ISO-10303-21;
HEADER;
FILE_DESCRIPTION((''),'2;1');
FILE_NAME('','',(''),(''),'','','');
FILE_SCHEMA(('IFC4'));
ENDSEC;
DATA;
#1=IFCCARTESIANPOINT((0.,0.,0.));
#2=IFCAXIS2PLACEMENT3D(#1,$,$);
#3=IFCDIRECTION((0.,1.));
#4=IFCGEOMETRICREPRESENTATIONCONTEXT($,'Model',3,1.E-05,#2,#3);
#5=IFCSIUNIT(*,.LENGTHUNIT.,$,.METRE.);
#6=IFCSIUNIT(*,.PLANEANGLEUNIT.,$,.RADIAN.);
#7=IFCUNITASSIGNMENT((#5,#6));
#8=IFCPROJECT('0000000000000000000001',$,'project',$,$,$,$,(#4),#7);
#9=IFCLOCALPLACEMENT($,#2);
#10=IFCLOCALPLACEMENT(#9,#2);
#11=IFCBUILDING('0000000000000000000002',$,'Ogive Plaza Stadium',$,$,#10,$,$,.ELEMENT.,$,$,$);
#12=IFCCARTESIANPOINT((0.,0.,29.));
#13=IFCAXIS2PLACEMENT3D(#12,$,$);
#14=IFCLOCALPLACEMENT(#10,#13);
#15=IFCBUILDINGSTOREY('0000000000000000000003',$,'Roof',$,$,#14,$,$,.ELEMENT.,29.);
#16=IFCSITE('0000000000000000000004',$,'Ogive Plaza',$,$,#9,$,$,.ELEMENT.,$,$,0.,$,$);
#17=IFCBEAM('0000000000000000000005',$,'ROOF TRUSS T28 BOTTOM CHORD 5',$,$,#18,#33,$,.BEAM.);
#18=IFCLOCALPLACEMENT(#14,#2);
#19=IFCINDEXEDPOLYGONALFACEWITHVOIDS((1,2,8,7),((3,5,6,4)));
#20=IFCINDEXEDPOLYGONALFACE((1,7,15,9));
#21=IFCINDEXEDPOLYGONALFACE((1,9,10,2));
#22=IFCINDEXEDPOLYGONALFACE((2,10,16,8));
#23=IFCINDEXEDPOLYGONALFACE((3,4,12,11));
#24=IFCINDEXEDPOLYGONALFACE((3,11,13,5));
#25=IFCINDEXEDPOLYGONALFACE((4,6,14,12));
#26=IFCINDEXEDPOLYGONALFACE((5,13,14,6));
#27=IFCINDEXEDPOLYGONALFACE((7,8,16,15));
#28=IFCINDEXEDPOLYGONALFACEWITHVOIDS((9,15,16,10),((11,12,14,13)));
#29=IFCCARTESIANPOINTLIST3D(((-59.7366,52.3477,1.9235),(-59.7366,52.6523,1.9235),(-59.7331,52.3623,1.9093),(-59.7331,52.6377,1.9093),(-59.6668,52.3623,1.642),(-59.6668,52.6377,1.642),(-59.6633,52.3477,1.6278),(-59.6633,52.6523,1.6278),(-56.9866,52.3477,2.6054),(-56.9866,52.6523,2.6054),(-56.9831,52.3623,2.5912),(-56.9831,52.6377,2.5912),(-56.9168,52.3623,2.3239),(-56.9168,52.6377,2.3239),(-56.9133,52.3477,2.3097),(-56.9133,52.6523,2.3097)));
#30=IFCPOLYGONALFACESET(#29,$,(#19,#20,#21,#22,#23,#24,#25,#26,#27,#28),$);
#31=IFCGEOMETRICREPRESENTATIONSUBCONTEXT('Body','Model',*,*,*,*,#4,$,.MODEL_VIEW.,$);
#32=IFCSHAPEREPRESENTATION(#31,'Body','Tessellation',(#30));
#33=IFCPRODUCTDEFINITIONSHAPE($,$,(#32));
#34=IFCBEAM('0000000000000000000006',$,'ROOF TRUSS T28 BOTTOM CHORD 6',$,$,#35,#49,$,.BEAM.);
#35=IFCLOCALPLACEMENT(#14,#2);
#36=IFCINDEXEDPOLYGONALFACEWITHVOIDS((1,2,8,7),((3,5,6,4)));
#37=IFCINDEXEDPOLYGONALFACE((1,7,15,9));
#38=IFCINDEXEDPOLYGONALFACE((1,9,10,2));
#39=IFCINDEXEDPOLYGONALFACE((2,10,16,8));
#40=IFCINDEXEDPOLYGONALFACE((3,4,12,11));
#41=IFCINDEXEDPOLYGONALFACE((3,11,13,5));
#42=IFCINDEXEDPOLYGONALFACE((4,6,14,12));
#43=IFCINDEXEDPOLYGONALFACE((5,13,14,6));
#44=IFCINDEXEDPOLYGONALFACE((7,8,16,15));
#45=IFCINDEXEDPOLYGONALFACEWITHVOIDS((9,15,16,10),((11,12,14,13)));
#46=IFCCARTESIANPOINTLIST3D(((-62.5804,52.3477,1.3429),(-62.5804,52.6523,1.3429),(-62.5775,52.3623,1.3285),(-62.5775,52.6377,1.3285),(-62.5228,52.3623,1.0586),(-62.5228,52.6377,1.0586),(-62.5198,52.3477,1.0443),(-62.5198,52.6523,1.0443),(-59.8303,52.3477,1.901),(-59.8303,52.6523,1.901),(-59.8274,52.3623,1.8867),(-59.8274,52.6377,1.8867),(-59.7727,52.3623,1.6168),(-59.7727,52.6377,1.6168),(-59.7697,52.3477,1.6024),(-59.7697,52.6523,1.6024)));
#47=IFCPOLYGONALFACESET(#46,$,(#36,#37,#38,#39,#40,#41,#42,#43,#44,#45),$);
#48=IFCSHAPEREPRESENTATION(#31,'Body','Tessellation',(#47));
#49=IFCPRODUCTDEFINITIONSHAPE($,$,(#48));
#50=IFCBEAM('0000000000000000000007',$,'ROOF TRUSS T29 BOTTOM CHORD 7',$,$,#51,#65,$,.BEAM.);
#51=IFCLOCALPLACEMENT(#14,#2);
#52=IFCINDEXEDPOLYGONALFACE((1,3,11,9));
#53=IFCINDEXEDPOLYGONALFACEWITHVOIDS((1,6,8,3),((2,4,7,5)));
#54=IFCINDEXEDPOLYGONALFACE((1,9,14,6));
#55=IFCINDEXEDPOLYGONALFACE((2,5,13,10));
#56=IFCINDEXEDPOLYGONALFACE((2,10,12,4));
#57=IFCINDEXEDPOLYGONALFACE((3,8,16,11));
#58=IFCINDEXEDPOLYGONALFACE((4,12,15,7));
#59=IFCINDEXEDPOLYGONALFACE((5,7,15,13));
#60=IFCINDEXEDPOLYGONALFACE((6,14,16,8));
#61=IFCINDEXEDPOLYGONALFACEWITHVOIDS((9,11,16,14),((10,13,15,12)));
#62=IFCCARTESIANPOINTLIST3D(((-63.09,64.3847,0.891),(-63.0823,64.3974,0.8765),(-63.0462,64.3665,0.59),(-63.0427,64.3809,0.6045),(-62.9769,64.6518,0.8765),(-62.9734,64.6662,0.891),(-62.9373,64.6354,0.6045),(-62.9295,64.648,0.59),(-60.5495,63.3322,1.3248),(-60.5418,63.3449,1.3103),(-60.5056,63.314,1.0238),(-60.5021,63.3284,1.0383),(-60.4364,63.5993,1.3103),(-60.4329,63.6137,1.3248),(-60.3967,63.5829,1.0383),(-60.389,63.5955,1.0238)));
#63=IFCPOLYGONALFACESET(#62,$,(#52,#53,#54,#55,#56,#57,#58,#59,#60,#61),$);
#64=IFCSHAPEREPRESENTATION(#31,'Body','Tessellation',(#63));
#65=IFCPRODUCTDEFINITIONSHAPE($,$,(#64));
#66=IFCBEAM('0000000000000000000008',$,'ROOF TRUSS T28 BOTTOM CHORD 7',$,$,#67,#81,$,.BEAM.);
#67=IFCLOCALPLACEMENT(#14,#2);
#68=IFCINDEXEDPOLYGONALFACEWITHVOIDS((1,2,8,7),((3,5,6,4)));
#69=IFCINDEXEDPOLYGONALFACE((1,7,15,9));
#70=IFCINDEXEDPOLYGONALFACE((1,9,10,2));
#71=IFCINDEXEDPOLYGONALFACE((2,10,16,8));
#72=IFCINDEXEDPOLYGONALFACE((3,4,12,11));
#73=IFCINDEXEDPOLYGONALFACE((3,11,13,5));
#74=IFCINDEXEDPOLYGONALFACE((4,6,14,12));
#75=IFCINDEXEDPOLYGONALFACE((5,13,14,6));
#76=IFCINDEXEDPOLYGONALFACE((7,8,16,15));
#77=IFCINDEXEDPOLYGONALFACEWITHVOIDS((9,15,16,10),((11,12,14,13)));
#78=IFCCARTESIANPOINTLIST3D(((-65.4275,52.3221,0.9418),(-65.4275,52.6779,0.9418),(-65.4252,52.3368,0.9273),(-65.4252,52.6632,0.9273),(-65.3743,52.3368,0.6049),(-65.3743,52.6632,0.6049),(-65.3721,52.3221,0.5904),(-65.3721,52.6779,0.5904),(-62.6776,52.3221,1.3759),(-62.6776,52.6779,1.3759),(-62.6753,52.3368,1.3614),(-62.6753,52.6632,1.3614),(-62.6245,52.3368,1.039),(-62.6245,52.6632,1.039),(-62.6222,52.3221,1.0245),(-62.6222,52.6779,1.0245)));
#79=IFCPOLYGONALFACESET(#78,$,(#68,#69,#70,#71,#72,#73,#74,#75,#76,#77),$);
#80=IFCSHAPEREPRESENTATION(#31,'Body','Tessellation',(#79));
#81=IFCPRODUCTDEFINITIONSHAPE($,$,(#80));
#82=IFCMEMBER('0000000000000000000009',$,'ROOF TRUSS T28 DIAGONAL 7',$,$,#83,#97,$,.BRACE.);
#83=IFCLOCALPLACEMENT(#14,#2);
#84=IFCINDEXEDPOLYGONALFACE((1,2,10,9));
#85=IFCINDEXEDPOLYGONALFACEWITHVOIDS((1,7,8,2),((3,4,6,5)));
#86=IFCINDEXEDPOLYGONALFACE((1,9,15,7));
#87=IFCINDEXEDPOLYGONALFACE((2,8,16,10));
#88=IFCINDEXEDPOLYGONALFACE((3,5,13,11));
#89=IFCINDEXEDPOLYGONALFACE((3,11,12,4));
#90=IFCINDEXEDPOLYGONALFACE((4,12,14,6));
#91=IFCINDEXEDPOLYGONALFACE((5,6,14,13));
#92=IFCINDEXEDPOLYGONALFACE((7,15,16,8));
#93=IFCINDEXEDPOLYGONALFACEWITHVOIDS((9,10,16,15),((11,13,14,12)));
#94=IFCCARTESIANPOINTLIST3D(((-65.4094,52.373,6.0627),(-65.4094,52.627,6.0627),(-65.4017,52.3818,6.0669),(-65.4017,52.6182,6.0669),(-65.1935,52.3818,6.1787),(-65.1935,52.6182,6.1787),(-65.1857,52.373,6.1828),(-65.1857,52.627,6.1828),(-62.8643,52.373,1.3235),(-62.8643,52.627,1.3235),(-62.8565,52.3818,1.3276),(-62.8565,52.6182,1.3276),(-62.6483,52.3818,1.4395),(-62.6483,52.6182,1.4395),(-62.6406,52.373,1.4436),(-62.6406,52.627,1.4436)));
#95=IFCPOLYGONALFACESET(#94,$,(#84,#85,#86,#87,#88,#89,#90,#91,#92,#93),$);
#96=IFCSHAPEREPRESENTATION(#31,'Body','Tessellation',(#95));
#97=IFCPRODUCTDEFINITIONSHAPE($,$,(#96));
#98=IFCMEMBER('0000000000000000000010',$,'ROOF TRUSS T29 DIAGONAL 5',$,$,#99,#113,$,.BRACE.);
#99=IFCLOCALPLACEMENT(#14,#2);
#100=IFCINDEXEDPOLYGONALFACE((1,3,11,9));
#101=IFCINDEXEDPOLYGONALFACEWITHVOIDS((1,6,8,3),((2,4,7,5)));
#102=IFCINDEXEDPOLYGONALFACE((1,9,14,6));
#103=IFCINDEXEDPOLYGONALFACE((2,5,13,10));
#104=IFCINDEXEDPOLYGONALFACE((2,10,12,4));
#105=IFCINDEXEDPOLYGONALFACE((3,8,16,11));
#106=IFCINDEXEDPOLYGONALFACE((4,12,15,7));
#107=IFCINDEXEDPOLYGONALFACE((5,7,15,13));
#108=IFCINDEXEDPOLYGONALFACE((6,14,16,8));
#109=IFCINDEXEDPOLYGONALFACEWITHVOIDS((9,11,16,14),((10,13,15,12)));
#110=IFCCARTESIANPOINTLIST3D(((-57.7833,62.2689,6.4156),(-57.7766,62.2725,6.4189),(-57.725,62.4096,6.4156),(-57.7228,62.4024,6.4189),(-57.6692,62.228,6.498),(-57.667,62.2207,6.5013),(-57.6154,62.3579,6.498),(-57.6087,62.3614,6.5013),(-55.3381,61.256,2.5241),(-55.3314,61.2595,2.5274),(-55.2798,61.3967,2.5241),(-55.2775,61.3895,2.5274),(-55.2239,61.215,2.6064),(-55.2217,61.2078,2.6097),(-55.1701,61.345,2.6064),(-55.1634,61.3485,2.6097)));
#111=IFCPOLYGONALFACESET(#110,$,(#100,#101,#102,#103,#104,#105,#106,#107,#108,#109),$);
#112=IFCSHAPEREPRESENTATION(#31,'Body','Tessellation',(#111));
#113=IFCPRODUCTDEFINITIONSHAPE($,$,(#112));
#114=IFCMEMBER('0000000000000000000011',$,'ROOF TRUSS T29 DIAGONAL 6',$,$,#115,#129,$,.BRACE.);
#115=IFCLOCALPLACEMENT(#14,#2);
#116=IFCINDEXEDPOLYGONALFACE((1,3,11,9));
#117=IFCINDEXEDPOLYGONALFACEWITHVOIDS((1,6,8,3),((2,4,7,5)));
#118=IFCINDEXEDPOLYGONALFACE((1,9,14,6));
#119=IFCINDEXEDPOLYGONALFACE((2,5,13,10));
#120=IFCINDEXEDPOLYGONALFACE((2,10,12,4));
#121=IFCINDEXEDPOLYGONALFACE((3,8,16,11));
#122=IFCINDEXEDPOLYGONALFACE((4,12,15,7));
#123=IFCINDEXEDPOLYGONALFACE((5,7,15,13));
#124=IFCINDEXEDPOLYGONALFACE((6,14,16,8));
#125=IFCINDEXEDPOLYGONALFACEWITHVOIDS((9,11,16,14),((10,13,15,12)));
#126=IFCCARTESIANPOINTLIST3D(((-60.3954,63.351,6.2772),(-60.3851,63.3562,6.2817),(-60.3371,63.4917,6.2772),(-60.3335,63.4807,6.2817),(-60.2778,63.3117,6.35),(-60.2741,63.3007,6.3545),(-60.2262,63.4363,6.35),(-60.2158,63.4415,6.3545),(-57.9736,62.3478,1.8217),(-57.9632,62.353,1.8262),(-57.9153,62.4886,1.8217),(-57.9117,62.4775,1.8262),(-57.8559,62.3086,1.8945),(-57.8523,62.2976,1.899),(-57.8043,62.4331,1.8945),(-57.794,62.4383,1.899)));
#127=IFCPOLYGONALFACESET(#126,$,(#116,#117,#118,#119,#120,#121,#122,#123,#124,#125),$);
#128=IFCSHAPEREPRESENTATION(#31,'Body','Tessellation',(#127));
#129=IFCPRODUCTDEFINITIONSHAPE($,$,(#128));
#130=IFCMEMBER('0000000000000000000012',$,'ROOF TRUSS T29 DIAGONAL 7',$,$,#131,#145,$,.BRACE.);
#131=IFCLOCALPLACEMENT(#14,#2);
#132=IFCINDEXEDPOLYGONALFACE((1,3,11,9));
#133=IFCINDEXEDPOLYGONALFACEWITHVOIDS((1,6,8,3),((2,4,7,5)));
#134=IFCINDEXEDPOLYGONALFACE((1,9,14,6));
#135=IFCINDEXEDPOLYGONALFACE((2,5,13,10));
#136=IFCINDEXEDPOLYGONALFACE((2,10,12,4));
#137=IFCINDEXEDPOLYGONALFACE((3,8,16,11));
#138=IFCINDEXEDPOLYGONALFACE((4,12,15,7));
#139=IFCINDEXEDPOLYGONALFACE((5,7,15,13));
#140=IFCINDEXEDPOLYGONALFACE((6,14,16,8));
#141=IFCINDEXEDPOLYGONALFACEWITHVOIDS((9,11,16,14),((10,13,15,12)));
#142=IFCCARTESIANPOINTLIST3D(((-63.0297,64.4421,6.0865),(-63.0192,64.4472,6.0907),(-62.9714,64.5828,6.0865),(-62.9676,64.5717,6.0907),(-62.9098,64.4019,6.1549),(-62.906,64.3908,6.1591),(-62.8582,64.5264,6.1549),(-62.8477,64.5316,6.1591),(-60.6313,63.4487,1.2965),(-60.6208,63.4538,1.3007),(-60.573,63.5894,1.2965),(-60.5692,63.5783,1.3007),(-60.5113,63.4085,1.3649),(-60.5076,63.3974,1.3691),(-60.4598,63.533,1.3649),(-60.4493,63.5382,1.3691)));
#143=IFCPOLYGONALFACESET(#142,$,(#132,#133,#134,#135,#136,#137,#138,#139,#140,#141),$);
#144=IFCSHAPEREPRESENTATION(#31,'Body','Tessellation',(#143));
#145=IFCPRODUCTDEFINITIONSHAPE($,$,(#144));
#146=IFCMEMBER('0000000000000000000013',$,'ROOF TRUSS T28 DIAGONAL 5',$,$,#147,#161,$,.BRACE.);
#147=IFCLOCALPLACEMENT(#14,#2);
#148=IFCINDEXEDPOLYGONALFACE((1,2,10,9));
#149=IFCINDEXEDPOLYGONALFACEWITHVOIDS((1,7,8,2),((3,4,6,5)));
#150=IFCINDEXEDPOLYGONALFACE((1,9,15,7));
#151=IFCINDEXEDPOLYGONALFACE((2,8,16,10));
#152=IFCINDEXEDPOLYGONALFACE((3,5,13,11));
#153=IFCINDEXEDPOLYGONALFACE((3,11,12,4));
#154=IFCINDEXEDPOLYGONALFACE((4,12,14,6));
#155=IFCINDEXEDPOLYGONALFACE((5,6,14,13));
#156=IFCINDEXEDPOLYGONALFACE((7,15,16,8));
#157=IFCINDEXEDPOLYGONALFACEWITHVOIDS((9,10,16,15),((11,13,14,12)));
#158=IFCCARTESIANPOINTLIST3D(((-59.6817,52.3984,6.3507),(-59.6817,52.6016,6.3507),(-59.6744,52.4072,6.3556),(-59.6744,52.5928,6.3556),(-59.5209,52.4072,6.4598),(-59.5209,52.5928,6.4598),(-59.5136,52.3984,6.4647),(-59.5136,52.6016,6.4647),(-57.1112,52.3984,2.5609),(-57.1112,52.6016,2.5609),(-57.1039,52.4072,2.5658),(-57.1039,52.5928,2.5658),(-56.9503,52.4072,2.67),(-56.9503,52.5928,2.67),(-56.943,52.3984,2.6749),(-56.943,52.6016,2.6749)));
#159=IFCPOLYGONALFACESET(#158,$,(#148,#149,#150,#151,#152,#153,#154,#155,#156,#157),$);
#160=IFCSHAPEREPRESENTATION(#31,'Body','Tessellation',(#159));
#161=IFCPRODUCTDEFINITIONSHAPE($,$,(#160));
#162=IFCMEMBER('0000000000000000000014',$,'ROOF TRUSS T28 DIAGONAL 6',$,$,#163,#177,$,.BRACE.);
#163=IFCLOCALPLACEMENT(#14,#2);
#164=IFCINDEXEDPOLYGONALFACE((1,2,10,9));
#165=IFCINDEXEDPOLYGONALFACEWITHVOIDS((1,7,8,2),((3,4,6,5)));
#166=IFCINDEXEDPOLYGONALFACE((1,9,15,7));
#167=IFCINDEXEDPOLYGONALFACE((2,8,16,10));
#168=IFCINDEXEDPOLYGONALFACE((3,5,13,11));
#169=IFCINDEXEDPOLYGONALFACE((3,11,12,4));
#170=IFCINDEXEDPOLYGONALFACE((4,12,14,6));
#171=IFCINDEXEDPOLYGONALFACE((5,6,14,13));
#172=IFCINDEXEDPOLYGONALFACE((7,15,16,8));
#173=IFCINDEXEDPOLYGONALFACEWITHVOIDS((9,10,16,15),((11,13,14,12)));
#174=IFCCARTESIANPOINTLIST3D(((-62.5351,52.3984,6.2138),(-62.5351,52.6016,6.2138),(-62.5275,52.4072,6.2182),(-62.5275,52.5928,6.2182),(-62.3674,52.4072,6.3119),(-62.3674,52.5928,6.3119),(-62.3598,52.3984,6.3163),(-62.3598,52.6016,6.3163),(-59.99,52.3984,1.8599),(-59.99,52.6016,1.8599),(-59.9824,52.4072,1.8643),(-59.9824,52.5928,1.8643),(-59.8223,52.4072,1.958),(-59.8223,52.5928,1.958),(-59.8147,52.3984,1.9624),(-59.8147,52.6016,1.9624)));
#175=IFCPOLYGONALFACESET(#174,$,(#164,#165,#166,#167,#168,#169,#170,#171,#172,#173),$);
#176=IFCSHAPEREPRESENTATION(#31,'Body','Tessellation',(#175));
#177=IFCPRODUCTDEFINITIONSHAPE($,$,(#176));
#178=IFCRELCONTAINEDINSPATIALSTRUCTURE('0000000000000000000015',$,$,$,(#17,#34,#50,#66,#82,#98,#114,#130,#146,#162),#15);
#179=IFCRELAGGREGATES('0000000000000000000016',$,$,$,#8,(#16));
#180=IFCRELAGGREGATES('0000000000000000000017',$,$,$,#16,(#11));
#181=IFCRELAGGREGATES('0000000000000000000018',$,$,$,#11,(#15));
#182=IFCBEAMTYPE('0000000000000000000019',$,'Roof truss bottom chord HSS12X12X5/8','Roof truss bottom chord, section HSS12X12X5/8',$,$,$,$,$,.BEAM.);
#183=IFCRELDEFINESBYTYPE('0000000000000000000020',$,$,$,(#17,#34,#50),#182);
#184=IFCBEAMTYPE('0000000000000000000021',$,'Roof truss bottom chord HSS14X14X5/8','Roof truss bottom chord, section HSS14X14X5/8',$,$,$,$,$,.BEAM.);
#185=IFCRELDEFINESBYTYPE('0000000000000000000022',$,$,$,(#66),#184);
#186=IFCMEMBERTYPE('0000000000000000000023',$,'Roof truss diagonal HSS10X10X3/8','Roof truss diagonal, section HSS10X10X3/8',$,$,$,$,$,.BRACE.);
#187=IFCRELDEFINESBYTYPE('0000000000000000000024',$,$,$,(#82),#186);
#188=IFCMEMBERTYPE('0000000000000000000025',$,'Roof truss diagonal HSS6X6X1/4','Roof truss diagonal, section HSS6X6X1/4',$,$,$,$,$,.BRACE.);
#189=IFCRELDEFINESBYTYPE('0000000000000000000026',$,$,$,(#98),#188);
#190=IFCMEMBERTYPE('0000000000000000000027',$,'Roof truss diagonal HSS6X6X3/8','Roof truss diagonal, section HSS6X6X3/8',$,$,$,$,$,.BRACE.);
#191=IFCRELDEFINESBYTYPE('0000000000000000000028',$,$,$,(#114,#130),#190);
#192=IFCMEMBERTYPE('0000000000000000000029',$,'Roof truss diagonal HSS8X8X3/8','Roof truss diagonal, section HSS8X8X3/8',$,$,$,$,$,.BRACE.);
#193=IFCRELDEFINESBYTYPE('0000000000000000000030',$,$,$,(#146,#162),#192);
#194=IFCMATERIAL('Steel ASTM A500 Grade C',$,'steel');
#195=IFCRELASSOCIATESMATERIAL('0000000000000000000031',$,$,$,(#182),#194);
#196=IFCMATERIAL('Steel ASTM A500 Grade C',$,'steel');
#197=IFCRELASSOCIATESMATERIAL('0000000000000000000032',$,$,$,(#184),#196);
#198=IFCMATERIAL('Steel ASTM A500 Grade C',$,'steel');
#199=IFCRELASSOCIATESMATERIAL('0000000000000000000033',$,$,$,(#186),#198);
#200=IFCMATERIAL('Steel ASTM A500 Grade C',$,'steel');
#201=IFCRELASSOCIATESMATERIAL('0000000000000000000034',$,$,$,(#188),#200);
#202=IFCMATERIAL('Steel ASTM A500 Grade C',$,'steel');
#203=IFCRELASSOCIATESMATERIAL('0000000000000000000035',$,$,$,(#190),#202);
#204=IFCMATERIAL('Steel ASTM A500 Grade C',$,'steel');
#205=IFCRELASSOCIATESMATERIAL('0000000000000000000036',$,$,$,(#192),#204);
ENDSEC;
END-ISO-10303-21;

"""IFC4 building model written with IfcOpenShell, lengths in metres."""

from ifc_helpers import new_model, si_unit, direction, frame, origin, origin_2d, place, context, subcontext, project, spatial, hollow_rectangle, extrude, material, material_profile, profile_set, type_object, element, save


model = new_model("IFC4")

# Units and contexts
model_context = context("Model", 3, precision=1e-05, world=origin(), true_north=direction((0.0, 1.0)))
body_context = subcontext(model_context, "Body", "Model", "MODEL_VIEW")
ifc_project = project(units=[si_unit("LENGTHUNIT", "METRE"), si_unit("PLANEANGLEUNIT", "RADIAN")], contexts=[model_context])

# Site, building, storey
site_placement = place(None, origin())
site = spatial("IfcSite", under=ifc_project, at=site_placement, Name="Ogive Plaza", CompositionType="ELEMENT", RefElevation=0.0)
building_placement = place(site_placement, origin())
building = spatial("IfcBuilding", under=site, at=building_placement, Name="Ogive Plaza Stadium", CompositionType="ELEMENT")
storey_placement = place(building_placement, frame((0.0, 0.0, 29.0)))
storey = spatial("IfcBuildingStorey", under=building, at=storey_placement, Name="Roof", CompositionType="ELEMENT", Elevation=29.0)

# Beams
ifc_material_1 = material(Name="Steel ASTM A500 Grade C", Category="steel")
ifc_material_profile_1 = material_profile(ifc_material_1, hollow_rectangle(XDim=0.3047, YDim=0.3047, WallThickness=0.0146, at=origin_2d()), Name="HSS12X12X5/8")
ifc_profile_set_1 = profile_set([ifc_material_profile_1], Name="Steel ASTM A500 Grade C")
beam_type_1 = type_object("IfcBeamType", Name="Roof truss bottom chord HSS12X12X5/8", Description="Roof truss bottom chord, section HSS12X12X5/8", PredefinedType="BEAM", material=ifc_profile_set_1)
beam_1_placement = place(storey_placement, frame((-56.95, 52.5, 2.4575), z_axis=(-0.970607, 0.0, -0.24067), x_axis=(0.0, -1.0, 0.0)))
element("IfcBeam", 1, at=beam_1_placement, inside=storey, type_object=beam_type_1, Name="ROOF TRUSS T28 BOTTOM CHORD 5", PredefinedType="BEAM", context=body_context, shape_type="SweptSolid", body=[
    extrude(hollow_rectangle(XDim=0.3047, YDim=0.3047, WallThickness=0.0146, at=origin_2d()), origin(), (0.0, 0.0, 1.0), 2.8333),
])
beam_2_placement = place(storey_placement, frame((-59.8, 52.5, 1.7517), z_axis=(-0.980021, 0.0, -0.198893), x_axis=(0.0, -1.0, 0.0)))
element("IfcBeam", 2, at=beam_2_placement, inside=storey, type_object=beam_type_1, Name="ROOF TRUSS T28 BOTTOM CHORD 6", PredefinedType="BEAM", context=body_context, shape_type="SweptSolid", body=[
    extrude(hollow_rectangle(XDim=0.3047, YDim=0.3047, WallThickness=0.0146, at=origin_2d()), origin(), (0.0, 0.0, 1.0), 2.8062),
])
beam_3_placement = place(storey_placement, frame((-60.4692, 63.4639, 1.1743), z_axis=(-0.912571, 0.37806, -0.155837), x_axis=(-0.382736, -0.923858, 0.0)))
element("IfcBeam", 3, at=beam_3_placement, inside=storey, type_object=beam_type_1, Name="ROOF TRUSS T29 BOTTOM CHORD 7", PredefinedType="BEAM", context=body_context, shape_type="SweptSolid", body=[
    extrude(hollow_rectangle(XDim=0.3047, YDim=0.3047, WallThickness=0.0146, at=origin_2d()), origin(), (0.0, 0.0, 1.0), 2.7839),
])
ifc_material_2 = material(Name="Steel ASTM A500 Grade C", Category="steel")
ifc_material_profile_2 = material_profile(ifc_material_2, hollow_rectangle(XDim=0.3557, YDim=0.3557, WallThickness=0.0146, at=origin_2d()), Name="HSS14X14X5/8")
ifc_profile_set_2 = profile_set([ifc_material_profile_2], Name="Steel ASTM A500 Grade C")
beam_type_2 = type_object("IfcBeamType", Name="Roof truss bottom chord HSS14X14X5/8", Description="Roof truss bottom chord, section HSS14X14X5/8", PredefinedType="BEAM", material=ifc_profile_set_2)
beam_4_placement = place(storey_placement, frame((-62.6499, 52.5, 1.2002), z_axis=(-0.98777, 0.0, -0.155918), x_axis=(0.0, -1.0, 0.0)))
element("IfcBeam", 4, at=beam_4_placement, inside=storey, type_object=beam_type_2, Name="ROOF TRUSS T28 BOTTOM CHORD 7", PredefinedType="BEAM", context=body_context, shape_type="SweptSolid", body=[
    extrude(hollow_rectangle(XDim=0.3557, YDim=0.3557, WallThickness=0.0146, at=origin_2d()), origin(), (0.0, 0.0, 1.0), 2.7839),
])

# Members
ifc_material_3 = material(Name="Steel ASTM A500 Grade C", Category="steel")
ifc_material_profile_3 = material_profile(ifc_material_3, hollow_rectangle(XDim=0.2539, YDim=0.2539, WallThickness=0.0088, at=origin_2d()), Name="HSS10X10X3/8")
ifc_profile_set_3 = profile_set([ifc_material_profile_3], Name="Steel ASTM A500 Grade C")
member_type_1 = type_object("IfcMemberType", Name="Roof truss diagonal HSS10X10X3/8", Description="Roof truss diagonal, section HSS10X10X3/8", PredefinedType="BRACE", material=ifc_profile_set_3)
member_1_placement = place(storey_placement, frame((-62.7524, 52.5, 1.3835), z_axis=(-0.473128, 0.0, 0.880994), x_axis=(0.0, -1.0, 0.0)))
element("IfcMember", 5, at=member_1_placement, inside=storey, type_object=member_type_1, Name="ROOF TRUSS T28 DIAGONAL 7", PredefinedType="BRACE", context=body_context, shape_type="SweptSolid", body=[
    extrude(hollow_rectangle(XDim=0.2539, YDim=0.2539, WallThickness=0.0088, at=origin_2d()), origin(), (0.0, 0.0, 1.0), 5.3794),
])
ifc_material_4 = material(Name="Steel ASTM A500 Grade C", Category="steel")
ifc_material_profile_4 = material_profile(ifc_material_4, hollow_rectangle(XDim=0.1523, YDim=0.1523, WallThickness=0.0059, at=origin_2d()), Name="HSS6X6X1/4")
ifc_profile_set_4 = profile_set([ifc_material_profile_4], Name="Steel ASTM A500 Grade C")
member_type_2 = type_object("IfcMemberType", Name="Roof truss diagonal HSS6X6X1/4", Description="Roof truss diagonal, section HSS6X6X1/4", PredefinedType="BRACE", material=ifc_profile_set_4)
member_2_placement = place(storey_placement, frame((-55.2507, 61.3022, 2.5669), z_axis=(-0.519572, 0.215226, 0.826875), x_axis=(-0.382702, -0.923872, 0.0)))
element("IfcMember", 6, at=member_2_placement, inside=storey, type_object=member_type_2, Name="ROOF TRUSS T29 DIAGONAL 5", PredefinedType="BRACE", context=body_context, shape_type="SweptSolid", body=[
    extrude(hollow_rectangle(XDim=0.1523, YDim=0.1523, WallThickness=0.0059, at=origin_2d()), origin(), (0.0, 0.0, 1.0), 4.7063),
])
ifc_material_5 = material(Name="Steel ASTM A500 Grade C", Category="steel")
ifc_material_profile_5 = material_profile(ifc_material_5, hollow_rectangle(XDim=0.1523, YDim=0.1523, WallThickness=0.0088, at=origin_2d()), Name="HSS6X6X3/8")
ifc_profile_set_5 = profile_set([ifc_material_profile_5], Name="Steel ASTM A500 Grade C")
member_type_3 = type_object("IfcMemberType", Name="Roof truss diagonal HSS6X6X3/8", Description="Roof truss diagonal, section HSS6X6X3/8", PredefinedType="BRACE", material=ifc_profile_set_5)
member_3_placement = place(storey_placement, frame((-57.8838, 62.3931, 1.8604), z_axis=(-0.468492, 0.194056, 0.861892), x_axis=(-0.382684, -0.923879, 0.0)))
element("IfcMember", 7, at=member_3_placement, inside=storey, type_object=member_type_3, Name="ROOF TRUSS T29 DIAGONAL 6", PredefinedType="BRACE", context=body_context, shape_type="SweptSolid", body=[
    extrude(hollow_rectangle(XDim=0.1523, YDim=0.1523, WallThickness=0.0088, at=origin_2d()), origin(), (0.0, 0.0, 1.0), 5.1694),
])
member_4_placement = place(storey_placement, frame((-60.5403, 63.4934, 1.3328), z_axis=(-0.440219, 0.182334, 0.879183), x_axis=(-0.382665, -0.923887, 0.0)))
element("IfcMember", 8, at=member_4_placement, inside=storey, type_object=member_type_3, Name="ROOF TRUSS T29 DIAGONAL 7", PredefinedType="BRACE", context=body_context, shape_type="SweptSolid", body=[
    extrude(hollow_rectangle(XDim=0.1523, YDim=0.1523, WallThickness=0.0088, at=origin_2d()), origin(), (0.0, 0.0, 1.0), 5.4482),
])
ifc_material_6 = material(Name="Steel ASTM A500 Grade C", Category="steel")
ifc_material_profile_6 = material_profile(ifc_material_6, hollow_rectangle(XDim=0.2031, YDim=0.2031, WallThickness=0.0088, at=origin_2d()), Name="HSS8X8X3/8")
ifc_profile_set_6 = profile_set([ifc_material_profile_6], Name="Steel ASTM A500 Grade C")
member_type_4 = type_object("IfcMemberType", Name="Roof truss diagonal HSS8X8X3/8", Description="Roof truss diagonal, section HSS8X8X3/8", PredefinedType="BRACE", material=ifc_profile_set_6)
member_5_placement = place(storey_placement, frame((-57.0271, 52.5, 2.6179), z_axis=(-0.561338, 0.0, 0.827586), x_axis=(0.0, -1.0, 0.0)))
element("IfcMember", 9, at=member_5_placement, inside=storey, type_object=member_type_4, Name="ROOF TRUSS T28 DIAGONAL 5", PredefinedType="BRACE", context=body_context, shape_type="SweptSolid", body=[
    extrude(hollow_rectangle(XDim=0.2031, YDim=0.2031, WallThickness=0.0088, at=origin_2d()), origin(), (0.0, 0.0, 1.0), 4.5793),
])
member_6_placement = place(storey_placement, frame((-59.9023, 52.5, 1.9111), z_axis=(-0.504659, 0.0, 0.863319), x_axis=(0.0, -1.0, 0.0)))
element("IfcMember", 10, at=member_6_placement, inside=storey, type_object=member_type_4, Name="ROOF TRUSS T28 DIAGONAL 6", PredefinedType="BRACE", context=body_context, shape_type="SweptSolid", body=[
    extrude(hollow_rectangle(XDim=0.2031, YDim=0.2031, WallThickness=0.0088, at=origin_2d()), origin(), (0.0, 0.0, 1.0), 5.0432),
])

save(model, "model.ifc")
